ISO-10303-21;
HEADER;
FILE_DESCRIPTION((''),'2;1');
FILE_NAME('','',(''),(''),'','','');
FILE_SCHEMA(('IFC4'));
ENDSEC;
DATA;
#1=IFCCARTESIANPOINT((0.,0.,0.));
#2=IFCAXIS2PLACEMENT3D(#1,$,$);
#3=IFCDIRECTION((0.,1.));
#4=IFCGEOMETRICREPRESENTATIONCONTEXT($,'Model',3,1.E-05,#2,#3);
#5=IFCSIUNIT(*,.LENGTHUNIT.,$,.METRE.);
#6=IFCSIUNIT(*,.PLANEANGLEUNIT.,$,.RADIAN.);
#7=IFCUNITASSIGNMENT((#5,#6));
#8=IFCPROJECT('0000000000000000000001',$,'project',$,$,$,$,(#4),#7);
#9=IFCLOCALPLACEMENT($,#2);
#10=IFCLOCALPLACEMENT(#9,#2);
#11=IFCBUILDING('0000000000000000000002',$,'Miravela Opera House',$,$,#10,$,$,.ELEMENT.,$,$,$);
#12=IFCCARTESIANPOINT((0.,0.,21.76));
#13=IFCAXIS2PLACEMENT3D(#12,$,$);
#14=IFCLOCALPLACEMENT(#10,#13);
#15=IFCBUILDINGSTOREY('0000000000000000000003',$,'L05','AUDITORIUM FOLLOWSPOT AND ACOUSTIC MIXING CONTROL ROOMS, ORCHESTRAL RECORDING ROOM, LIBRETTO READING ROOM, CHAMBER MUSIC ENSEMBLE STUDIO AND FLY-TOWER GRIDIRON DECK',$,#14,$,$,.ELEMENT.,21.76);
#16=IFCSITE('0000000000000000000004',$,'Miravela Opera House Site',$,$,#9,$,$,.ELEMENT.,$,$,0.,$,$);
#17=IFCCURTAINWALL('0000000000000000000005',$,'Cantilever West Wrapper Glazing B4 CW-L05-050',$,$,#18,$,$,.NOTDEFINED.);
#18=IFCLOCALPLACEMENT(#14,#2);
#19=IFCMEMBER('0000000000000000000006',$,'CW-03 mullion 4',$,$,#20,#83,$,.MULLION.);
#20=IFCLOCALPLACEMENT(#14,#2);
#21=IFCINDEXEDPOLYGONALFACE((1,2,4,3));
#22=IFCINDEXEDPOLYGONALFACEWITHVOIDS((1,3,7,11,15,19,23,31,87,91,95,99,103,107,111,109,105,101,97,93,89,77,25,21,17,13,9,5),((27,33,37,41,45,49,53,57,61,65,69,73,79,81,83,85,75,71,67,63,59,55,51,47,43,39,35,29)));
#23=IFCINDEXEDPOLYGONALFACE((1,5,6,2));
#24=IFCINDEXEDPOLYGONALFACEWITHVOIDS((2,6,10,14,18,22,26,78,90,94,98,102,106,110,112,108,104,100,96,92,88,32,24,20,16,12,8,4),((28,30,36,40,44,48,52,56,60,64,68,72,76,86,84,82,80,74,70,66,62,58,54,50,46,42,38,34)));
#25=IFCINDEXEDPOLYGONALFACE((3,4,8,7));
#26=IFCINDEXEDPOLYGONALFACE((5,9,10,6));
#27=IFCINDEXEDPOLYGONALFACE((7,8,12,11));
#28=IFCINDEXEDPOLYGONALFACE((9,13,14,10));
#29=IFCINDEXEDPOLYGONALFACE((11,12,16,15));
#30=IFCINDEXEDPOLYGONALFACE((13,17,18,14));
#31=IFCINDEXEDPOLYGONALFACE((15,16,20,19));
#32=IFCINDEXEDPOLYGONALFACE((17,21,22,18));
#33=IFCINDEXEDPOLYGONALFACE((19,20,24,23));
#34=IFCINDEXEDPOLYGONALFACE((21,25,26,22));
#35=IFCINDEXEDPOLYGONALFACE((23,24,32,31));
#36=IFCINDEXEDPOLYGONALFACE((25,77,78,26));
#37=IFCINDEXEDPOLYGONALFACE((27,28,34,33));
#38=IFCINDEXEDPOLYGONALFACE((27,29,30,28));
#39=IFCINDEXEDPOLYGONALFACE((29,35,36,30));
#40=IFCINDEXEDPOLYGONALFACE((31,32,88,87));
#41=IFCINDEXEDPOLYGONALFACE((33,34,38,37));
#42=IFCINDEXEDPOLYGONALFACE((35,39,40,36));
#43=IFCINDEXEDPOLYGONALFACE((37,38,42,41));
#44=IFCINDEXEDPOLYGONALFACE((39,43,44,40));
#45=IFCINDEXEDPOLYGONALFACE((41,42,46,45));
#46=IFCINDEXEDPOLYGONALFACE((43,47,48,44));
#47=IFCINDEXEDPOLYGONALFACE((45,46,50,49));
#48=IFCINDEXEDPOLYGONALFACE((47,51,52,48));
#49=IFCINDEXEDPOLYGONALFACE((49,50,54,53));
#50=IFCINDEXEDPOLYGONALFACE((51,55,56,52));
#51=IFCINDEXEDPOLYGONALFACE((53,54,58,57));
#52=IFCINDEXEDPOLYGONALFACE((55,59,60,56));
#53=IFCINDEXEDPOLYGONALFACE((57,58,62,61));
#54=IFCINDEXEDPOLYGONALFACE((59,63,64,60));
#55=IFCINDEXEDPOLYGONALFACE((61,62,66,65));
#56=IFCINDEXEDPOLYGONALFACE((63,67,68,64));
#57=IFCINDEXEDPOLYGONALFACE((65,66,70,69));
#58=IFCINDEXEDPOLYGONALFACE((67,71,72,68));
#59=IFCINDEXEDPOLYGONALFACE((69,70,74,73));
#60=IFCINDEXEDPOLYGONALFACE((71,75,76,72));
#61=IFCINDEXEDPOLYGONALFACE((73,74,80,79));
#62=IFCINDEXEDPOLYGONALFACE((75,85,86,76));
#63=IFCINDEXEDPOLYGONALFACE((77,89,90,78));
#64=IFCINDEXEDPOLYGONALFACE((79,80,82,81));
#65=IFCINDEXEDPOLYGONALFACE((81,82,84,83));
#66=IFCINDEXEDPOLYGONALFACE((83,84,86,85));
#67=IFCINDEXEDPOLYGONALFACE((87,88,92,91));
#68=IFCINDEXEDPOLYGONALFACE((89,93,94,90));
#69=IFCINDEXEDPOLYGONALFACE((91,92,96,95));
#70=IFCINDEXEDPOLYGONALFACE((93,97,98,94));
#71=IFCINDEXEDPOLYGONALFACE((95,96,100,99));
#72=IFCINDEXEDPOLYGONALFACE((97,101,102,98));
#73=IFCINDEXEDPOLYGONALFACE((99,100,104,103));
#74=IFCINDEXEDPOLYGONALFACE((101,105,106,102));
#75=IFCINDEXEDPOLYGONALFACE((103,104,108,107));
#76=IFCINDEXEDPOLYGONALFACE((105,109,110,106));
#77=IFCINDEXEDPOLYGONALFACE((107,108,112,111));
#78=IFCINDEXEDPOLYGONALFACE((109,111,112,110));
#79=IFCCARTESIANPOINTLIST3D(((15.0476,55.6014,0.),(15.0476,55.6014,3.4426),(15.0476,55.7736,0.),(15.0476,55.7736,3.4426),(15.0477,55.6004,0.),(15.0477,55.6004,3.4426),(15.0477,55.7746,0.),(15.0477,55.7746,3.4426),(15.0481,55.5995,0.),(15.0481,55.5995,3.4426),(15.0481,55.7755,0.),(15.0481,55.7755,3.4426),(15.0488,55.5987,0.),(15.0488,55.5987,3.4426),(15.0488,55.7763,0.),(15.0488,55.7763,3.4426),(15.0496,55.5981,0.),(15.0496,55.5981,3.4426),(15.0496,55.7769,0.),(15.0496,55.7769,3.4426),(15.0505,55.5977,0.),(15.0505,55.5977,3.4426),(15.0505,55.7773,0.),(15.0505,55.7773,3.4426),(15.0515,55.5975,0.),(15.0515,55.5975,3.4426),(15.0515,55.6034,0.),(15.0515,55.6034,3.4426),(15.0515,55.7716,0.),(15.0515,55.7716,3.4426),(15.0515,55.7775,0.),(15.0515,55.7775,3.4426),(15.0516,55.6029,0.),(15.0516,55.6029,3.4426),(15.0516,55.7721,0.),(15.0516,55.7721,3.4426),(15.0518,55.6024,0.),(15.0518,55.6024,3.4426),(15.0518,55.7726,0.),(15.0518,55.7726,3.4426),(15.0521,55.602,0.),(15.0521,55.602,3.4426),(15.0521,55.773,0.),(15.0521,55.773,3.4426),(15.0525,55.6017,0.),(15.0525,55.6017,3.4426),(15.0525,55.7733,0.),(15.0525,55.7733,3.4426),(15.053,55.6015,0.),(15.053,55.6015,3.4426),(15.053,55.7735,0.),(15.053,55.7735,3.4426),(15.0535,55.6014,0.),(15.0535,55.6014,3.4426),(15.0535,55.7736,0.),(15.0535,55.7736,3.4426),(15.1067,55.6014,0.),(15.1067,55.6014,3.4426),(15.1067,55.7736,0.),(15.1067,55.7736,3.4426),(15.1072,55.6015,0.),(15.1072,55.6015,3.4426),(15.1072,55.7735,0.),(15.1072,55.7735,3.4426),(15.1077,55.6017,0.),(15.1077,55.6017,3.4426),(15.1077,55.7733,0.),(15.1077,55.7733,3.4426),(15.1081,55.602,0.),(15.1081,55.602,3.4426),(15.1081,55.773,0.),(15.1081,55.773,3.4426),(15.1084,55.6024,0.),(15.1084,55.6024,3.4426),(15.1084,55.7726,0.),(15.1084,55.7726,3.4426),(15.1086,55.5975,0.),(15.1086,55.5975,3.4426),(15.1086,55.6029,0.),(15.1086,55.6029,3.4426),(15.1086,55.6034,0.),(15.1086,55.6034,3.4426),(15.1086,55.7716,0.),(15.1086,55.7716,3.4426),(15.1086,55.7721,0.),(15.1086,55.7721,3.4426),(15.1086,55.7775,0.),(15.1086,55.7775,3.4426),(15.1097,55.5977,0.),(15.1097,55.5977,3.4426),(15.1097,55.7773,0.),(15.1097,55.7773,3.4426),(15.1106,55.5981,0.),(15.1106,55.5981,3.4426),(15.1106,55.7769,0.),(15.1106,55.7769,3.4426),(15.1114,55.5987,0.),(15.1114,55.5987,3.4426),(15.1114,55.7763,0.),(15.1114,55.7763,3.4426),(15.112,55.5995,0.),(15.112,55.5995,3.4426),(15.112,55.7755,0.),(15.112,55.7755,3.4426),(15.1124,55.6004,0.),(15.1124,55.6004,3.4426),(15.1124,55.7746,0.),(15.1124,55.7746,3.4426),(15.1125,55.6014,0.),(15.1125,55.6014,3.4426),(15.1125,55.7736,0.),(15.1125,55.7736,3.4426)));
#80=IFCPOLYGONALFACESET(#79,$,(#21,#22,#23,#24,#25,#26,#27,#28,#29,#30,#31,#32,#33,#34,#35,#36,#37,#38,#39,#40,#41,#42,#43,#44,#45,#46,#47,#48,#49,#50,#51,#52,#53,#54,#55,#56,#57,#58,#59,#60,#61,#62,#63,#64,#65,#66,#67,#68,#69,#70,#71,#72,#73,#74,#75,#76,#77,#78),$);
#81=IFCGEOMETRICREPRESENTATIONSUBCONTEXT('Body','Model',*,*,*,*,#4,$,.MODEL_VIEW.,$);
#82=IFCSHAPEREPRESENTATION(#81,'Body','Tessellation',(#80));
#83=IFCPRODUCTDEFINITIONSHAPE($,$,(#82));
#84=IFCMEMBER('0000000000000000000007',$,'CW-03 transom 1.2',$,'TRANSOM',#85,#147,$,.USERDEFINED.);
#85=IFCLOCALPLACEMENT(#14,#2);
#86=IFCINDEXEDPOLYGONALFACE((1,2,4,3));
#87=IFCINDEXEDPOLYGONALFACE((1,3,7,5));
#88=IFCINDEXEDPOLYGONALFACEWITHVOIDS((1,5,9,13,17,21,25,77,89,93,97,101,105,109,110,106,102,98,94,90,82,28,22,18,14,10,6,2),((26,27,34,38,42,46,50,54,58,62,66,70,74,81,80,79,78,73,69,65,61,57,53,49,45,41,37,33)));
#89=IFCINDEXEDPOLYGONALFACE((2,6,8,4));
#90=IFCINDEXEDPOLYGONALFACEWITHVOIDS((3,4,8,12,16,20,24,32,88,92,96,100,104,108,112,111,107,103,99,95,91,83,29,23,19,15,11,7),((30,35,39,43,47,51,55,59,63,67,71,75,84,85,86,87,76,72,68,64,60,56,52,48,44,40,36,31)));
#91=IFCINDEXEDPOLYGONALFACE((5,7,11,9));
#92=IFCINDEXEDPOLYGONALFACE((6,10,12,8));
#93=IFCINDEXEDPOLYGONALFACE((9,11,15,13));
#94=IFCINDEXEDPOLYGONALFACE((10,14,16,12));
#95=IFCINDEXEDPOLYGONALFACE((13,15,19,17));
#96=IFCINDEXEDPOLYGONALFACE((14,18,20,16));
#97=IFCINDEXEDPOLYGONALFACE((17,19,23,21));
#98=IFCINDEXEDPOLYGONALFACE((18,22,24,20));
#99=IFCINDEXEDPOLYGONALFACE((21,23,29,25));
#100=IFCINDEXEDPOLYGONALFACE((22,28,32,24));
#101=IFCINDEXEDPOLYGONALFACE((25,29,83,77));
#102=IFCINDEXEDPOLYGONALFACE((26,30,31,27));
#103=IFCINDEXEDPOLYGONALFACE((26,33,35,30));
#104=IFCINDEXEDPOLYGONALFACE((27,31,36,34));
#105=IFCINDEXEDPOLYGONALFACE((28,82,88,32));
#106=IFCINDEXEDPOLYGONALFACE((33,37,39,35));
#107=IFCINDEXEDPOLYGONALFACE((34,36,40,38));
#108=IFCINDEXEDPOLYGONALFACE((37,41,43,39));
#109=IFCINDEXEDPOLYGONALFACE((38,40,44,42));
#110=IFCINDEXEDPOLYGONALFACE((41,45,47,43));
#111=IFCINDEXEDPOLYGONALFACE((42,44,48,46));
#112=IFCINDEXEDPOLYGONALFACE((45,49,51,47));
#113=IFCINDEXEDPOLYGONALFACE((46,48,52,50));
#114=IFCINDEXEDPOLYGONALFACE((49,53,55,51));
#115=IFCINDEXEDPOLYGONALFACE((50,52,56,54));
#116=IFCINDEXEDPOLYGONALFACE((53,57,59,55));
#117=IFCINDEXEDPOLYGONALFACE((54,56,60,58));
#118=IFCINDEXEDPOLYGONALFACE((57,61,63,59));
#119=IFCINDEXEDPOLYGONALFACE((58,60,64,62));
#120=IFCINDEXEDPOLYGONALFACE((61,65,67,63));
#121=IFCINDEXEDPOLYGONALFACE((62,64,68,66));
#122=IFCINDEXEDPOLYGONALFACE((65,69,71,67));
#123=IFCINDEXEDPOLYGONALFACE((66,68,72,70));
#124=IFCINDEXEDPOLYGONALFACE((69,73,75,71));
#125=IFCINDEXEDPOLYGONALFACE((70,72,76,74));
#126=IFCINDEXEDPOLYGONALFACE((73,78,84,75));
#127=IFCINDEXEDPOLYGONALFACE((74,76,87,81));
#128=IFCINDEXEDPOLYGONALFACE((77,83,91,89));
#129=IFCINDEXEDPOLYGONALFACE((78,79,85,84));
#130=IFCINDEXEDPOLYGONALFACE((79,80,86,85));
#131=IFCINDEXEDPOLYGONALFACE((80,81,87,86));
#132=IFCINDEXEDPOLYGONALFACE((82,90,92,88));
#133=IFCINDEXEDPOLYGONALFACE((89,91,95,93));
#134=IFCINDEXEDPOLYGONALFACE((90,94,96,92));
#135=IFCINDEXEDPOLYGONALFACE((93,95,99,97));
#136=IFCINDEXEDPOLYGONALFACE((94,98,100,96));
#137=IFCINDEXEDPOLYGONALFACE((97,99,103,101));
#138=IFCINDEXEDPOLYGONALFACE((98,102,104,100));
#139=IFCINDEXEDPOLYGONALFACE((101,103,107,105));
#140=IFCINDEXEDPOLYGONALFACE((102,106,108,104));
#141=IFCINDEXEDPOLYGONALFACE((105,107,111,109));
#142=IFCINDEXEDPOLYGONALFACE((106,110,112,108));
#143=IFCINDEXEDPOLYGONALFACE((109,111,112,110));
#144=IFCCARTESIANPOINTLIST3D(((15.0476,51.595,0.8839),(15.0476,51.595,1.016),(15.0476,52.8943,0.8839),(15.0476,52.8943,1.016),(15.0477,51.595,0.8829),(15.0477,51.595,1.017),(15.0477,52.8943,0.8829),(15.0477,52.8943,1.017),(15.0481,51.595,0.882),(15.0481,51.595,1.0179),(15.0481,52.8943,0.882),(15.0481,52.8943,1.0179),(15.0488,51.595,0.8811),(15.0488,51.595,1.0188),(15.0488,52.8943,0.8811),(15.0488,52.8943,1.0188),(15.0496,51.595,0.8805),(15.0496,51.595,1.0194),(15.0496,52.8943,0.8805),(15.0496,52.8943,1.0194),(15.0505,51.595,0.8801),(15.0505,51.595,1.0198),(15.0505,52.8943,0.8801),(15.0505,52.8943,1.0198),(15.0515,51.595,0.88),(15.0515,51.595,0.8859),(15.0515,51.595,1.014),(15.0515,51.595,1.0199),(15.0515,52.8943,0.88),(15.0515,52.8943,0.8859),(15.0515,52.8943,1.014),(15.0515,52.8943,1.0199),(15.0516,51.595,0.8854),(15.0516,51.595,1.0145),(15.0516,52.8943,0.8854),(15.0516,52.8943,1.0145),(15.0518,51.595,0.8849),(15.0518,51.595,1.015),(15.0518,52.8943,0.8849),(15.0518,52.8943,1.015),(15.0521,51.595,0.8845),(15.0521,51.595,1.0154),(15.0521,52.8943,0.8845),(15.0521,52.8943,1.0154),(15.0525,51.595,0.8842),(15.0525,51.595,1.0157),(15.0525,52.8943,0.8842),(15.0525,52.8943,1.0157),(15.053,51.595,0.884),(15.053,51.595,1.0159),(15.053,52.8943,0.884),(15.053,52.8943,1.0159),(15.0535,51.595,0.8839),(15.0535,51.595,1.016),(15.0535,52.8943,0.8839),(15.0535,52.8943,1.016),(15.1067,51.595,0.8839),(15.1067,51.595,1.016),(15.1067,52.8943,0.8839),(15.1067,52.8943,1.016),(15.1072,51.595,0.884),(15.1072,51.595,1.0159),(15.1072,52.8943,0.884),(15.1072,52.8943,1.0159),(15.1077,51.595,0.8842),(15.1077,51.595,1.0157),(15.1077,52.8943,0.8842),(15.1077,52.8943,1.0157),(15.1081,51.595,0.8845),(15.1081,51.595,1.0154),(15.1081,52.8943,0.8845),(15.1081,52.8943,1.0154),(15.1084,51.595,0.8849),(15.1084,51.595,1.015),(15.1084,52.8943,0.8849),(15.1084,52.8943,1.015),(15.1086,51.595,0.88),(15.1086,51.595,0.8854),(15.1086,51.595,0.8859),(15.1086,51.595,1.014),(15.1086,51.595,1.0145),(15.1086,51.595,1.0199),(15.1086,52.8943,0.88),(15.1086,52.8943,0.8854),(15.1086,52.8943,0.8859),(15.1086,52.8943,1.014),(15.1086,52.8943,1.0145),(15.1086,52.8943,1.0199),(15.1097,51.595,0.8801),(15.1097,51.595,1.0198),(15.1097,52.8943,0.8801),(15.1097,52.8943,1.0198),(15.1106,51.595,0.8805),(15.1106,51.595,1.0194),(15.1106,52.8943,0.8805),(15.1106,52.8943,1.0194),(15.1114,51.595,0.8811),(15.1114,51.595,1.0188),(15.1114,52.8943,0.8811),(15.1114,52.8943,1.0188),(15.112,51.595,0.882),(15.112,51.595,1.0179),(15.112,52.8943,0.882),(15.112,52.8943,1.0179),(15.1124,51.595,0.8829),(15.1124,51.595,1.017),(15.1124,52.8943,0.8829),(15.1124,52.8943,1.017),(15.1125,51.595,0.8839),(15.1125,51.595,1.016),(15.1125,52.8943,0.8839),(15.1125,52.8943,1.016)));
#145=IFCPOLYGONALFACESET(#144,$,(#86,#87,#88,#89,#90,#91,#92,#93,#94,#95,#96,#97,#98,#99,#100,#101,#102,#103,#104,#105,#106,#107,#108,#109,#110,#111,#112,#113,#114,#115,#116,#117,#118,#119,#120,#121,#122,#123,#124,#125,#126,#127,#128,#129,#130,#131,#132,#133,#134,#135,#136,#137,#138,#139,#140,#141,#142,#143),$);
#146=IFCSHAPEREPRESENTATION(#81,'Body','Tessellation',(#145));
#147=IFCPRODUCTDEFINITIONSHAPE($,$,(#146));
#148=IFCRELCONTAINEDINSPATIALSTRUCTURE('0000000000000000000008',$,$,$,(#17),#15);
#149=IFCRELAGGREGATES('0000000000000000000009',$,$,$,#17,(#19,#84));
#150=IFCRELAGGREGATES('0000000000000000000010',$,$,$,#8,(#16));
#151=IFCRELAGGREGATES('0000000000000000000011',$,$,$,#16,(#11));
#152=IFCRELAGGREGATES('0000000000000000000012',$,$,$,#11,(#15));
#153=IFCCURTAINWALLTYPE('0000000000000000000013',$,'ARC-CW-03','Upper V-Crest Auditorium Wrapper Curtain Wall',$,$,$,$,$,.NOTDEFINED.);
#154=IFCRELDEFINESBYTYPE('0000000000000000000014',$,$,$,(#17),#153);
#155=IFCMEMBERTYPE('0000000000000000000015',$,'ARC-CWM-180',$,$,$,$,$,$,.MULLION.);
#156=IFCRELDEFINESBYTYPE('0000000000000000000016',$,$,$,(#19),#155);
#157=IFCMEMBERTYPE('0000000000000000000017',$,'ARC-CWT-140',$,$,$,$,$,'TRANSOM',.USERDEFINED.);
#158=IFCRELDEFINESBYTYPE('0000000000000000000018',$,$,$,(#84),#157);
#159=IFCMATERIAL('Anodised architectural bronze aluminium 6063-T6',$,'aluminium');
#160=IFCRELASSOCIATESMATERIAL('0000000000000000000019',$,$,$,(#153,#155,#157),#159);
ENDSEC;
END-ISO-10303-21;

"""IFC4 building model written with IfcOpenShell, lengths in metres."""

from ifc_helpers import new_model, si_unit, direction, frame, origin, origin_2d, place, context, subcontext, project, spatial, hollow_rectangle, extrude, material, material_profile, profile_set, type_object, element, aggregate, save


model = new_model("IFC4")

# Units and contexts
model_context = context("Model", 3, precision=1e-05, world=origin(), true_north=direction((0.0, 1.0)))
body_context = subcontext(model_context, "Body", "Model", "MODEL_VIEW")
ifc_project = project(units=[si_unit("LENGTHUNIT", "METRE"), si_unit("PLANEANGLEUNIT", "RADIAN")], contexts=[model_context])

# Site, building, storey
site_placement = place(None, origin())
site = spatial("IfcSite", under=ifc_project, at=site_placement, Name="Miravela Opera House Site", CompositionType="ELEMENT", RefElevation=0.0)
building_placement = place(site_placement, origin())
building = spatial("IfcBuilding", under=site, at=building_placement, Name="Miravela Opera House", CompositionType="ELEMENT")
storey_placement = place(building_placement, frame((0.0, 0.0, 21.76)))
storey = spatial("IfcBuildingStorey", under=building, at=storey_placement, Name="L05", Description="AUDITORIUM FOLLOWSPOT AND ACOUSTIC MIXING CONTROL ROOMS, ORCHESTRAL RECORDING ROOM, LIBRETTO READING ROOM, CHAMBER MUSIC ENSEMBLE STUDIO AND FLY-TOWER GRIDIRON DECK", CompositionType="ELEMENT", Elevation=21.76)

# Curtain wall, members
ifc_material_1 = material(Name="Anodised architectural bronze aluminium 6063-T6", Category="aluminium")
curtain_wall_type = type_object("IfcCurtainWallType", Name="ARC-CW-03", Description="Upper V-Crest Auditorium Wrapper Curtain Wall", PredefinedType="NOTDEFINED", material=ifc_material_1)
curtain_wall_placement = place(storey_placement, origin())
curtain_wall = element("IfcCurtainWall", 1, at=curtain_wall_placement, inside=storey, type_object=curtain_wall_type, Name="Cantilever West Wrapper Glazing B4 CW-L05-050", PredefinedType="NOTDEFINED")
ifc_material_profile_1 = material_profile(ifc_material_1, hollow_rectangle(XDim=0.0649, YDim=0.1799, WallThickness=0.0039, InnerFilletRadius=0.002, OuterFilletRadius=0.0039, at=origin_2d()), Name="CWM-65X180")
ifc_profile_set_1 = profile_set([ifc_material_profile_1])
member_type_1 = type_object("IfcMemberType", Name="ARC-CWM-180", PredefinedType="MULLION", material=ifc_profile_set_1)
member_1_placement = place(storey_placement, frame((15.0801, 55.6875, 0.0), z_axis=(0.0, 0.0, 1.0), x_axis=(-1.0, 0.0, 0.0)))
member_1 = element("IfcMember", 2, at=member_1_placement, type_object=member_type_1, Name="CW-03 mullion 4", PredefinedType="MULLION", context=body_context, shape_type="SweptSolid", body=[
    extrude(hollow_rectangle(XDim=0.0649, YDim=0.1799, WallThickness=0.0039, InnerFilletRadius=0.002, OuterFilletRadius=0.0039, at=origin_2d()), origin(), (0.0, 0.0, 1.0), 3.4426),
])
ifc_material_profile_2 = material_profile(ifc_material_1, hollow_rectangle(XDim=0.0649, YDim=0.1399, WallThickness=0.0039, InnerFilletRadius=0.002, OuterFilletRadius=0.0039, at=origin_2d()), Name="CWT-65X140")
ifc_profile_set_2 = profile_set([ifc_material_profile_2])
member_type_2 = type_object("IfcMemberType", Name="ARC-CWT-140", ElementType="TRANSOM", PredefinedType="USERDEFINED", material=ifc_profile_set_2)
member_2_placement = place(storey_placement, frame((15.0801, 51.595, 0.95), z_axis=(0.0, 1.0, 0.0), x_axis=(-1.0, 0.0, 0.0)))
member_2 = element("IfcMember", 3, at=member_2_placement, type_object=member_type_2, Name="CW-03 transom 1.2", ObjectType="TRANSOM", PredefinedType="USERDEFINED", context=body_context, shape_type="SweptSolid", body=[
    extrude(hollow_rectangle(XDim=0.0649, YDim=0.1399, WallThickness=0.0039, InnerFilletRadius=0.002, OuterFilletRadius=0.0039, at=origin_2d()), origin(), (0.0, 0.0, 1.0), 1.2993),
])
aggregate(curtain_wall, [member_1, member_2])

save(model, "model.ifc")
